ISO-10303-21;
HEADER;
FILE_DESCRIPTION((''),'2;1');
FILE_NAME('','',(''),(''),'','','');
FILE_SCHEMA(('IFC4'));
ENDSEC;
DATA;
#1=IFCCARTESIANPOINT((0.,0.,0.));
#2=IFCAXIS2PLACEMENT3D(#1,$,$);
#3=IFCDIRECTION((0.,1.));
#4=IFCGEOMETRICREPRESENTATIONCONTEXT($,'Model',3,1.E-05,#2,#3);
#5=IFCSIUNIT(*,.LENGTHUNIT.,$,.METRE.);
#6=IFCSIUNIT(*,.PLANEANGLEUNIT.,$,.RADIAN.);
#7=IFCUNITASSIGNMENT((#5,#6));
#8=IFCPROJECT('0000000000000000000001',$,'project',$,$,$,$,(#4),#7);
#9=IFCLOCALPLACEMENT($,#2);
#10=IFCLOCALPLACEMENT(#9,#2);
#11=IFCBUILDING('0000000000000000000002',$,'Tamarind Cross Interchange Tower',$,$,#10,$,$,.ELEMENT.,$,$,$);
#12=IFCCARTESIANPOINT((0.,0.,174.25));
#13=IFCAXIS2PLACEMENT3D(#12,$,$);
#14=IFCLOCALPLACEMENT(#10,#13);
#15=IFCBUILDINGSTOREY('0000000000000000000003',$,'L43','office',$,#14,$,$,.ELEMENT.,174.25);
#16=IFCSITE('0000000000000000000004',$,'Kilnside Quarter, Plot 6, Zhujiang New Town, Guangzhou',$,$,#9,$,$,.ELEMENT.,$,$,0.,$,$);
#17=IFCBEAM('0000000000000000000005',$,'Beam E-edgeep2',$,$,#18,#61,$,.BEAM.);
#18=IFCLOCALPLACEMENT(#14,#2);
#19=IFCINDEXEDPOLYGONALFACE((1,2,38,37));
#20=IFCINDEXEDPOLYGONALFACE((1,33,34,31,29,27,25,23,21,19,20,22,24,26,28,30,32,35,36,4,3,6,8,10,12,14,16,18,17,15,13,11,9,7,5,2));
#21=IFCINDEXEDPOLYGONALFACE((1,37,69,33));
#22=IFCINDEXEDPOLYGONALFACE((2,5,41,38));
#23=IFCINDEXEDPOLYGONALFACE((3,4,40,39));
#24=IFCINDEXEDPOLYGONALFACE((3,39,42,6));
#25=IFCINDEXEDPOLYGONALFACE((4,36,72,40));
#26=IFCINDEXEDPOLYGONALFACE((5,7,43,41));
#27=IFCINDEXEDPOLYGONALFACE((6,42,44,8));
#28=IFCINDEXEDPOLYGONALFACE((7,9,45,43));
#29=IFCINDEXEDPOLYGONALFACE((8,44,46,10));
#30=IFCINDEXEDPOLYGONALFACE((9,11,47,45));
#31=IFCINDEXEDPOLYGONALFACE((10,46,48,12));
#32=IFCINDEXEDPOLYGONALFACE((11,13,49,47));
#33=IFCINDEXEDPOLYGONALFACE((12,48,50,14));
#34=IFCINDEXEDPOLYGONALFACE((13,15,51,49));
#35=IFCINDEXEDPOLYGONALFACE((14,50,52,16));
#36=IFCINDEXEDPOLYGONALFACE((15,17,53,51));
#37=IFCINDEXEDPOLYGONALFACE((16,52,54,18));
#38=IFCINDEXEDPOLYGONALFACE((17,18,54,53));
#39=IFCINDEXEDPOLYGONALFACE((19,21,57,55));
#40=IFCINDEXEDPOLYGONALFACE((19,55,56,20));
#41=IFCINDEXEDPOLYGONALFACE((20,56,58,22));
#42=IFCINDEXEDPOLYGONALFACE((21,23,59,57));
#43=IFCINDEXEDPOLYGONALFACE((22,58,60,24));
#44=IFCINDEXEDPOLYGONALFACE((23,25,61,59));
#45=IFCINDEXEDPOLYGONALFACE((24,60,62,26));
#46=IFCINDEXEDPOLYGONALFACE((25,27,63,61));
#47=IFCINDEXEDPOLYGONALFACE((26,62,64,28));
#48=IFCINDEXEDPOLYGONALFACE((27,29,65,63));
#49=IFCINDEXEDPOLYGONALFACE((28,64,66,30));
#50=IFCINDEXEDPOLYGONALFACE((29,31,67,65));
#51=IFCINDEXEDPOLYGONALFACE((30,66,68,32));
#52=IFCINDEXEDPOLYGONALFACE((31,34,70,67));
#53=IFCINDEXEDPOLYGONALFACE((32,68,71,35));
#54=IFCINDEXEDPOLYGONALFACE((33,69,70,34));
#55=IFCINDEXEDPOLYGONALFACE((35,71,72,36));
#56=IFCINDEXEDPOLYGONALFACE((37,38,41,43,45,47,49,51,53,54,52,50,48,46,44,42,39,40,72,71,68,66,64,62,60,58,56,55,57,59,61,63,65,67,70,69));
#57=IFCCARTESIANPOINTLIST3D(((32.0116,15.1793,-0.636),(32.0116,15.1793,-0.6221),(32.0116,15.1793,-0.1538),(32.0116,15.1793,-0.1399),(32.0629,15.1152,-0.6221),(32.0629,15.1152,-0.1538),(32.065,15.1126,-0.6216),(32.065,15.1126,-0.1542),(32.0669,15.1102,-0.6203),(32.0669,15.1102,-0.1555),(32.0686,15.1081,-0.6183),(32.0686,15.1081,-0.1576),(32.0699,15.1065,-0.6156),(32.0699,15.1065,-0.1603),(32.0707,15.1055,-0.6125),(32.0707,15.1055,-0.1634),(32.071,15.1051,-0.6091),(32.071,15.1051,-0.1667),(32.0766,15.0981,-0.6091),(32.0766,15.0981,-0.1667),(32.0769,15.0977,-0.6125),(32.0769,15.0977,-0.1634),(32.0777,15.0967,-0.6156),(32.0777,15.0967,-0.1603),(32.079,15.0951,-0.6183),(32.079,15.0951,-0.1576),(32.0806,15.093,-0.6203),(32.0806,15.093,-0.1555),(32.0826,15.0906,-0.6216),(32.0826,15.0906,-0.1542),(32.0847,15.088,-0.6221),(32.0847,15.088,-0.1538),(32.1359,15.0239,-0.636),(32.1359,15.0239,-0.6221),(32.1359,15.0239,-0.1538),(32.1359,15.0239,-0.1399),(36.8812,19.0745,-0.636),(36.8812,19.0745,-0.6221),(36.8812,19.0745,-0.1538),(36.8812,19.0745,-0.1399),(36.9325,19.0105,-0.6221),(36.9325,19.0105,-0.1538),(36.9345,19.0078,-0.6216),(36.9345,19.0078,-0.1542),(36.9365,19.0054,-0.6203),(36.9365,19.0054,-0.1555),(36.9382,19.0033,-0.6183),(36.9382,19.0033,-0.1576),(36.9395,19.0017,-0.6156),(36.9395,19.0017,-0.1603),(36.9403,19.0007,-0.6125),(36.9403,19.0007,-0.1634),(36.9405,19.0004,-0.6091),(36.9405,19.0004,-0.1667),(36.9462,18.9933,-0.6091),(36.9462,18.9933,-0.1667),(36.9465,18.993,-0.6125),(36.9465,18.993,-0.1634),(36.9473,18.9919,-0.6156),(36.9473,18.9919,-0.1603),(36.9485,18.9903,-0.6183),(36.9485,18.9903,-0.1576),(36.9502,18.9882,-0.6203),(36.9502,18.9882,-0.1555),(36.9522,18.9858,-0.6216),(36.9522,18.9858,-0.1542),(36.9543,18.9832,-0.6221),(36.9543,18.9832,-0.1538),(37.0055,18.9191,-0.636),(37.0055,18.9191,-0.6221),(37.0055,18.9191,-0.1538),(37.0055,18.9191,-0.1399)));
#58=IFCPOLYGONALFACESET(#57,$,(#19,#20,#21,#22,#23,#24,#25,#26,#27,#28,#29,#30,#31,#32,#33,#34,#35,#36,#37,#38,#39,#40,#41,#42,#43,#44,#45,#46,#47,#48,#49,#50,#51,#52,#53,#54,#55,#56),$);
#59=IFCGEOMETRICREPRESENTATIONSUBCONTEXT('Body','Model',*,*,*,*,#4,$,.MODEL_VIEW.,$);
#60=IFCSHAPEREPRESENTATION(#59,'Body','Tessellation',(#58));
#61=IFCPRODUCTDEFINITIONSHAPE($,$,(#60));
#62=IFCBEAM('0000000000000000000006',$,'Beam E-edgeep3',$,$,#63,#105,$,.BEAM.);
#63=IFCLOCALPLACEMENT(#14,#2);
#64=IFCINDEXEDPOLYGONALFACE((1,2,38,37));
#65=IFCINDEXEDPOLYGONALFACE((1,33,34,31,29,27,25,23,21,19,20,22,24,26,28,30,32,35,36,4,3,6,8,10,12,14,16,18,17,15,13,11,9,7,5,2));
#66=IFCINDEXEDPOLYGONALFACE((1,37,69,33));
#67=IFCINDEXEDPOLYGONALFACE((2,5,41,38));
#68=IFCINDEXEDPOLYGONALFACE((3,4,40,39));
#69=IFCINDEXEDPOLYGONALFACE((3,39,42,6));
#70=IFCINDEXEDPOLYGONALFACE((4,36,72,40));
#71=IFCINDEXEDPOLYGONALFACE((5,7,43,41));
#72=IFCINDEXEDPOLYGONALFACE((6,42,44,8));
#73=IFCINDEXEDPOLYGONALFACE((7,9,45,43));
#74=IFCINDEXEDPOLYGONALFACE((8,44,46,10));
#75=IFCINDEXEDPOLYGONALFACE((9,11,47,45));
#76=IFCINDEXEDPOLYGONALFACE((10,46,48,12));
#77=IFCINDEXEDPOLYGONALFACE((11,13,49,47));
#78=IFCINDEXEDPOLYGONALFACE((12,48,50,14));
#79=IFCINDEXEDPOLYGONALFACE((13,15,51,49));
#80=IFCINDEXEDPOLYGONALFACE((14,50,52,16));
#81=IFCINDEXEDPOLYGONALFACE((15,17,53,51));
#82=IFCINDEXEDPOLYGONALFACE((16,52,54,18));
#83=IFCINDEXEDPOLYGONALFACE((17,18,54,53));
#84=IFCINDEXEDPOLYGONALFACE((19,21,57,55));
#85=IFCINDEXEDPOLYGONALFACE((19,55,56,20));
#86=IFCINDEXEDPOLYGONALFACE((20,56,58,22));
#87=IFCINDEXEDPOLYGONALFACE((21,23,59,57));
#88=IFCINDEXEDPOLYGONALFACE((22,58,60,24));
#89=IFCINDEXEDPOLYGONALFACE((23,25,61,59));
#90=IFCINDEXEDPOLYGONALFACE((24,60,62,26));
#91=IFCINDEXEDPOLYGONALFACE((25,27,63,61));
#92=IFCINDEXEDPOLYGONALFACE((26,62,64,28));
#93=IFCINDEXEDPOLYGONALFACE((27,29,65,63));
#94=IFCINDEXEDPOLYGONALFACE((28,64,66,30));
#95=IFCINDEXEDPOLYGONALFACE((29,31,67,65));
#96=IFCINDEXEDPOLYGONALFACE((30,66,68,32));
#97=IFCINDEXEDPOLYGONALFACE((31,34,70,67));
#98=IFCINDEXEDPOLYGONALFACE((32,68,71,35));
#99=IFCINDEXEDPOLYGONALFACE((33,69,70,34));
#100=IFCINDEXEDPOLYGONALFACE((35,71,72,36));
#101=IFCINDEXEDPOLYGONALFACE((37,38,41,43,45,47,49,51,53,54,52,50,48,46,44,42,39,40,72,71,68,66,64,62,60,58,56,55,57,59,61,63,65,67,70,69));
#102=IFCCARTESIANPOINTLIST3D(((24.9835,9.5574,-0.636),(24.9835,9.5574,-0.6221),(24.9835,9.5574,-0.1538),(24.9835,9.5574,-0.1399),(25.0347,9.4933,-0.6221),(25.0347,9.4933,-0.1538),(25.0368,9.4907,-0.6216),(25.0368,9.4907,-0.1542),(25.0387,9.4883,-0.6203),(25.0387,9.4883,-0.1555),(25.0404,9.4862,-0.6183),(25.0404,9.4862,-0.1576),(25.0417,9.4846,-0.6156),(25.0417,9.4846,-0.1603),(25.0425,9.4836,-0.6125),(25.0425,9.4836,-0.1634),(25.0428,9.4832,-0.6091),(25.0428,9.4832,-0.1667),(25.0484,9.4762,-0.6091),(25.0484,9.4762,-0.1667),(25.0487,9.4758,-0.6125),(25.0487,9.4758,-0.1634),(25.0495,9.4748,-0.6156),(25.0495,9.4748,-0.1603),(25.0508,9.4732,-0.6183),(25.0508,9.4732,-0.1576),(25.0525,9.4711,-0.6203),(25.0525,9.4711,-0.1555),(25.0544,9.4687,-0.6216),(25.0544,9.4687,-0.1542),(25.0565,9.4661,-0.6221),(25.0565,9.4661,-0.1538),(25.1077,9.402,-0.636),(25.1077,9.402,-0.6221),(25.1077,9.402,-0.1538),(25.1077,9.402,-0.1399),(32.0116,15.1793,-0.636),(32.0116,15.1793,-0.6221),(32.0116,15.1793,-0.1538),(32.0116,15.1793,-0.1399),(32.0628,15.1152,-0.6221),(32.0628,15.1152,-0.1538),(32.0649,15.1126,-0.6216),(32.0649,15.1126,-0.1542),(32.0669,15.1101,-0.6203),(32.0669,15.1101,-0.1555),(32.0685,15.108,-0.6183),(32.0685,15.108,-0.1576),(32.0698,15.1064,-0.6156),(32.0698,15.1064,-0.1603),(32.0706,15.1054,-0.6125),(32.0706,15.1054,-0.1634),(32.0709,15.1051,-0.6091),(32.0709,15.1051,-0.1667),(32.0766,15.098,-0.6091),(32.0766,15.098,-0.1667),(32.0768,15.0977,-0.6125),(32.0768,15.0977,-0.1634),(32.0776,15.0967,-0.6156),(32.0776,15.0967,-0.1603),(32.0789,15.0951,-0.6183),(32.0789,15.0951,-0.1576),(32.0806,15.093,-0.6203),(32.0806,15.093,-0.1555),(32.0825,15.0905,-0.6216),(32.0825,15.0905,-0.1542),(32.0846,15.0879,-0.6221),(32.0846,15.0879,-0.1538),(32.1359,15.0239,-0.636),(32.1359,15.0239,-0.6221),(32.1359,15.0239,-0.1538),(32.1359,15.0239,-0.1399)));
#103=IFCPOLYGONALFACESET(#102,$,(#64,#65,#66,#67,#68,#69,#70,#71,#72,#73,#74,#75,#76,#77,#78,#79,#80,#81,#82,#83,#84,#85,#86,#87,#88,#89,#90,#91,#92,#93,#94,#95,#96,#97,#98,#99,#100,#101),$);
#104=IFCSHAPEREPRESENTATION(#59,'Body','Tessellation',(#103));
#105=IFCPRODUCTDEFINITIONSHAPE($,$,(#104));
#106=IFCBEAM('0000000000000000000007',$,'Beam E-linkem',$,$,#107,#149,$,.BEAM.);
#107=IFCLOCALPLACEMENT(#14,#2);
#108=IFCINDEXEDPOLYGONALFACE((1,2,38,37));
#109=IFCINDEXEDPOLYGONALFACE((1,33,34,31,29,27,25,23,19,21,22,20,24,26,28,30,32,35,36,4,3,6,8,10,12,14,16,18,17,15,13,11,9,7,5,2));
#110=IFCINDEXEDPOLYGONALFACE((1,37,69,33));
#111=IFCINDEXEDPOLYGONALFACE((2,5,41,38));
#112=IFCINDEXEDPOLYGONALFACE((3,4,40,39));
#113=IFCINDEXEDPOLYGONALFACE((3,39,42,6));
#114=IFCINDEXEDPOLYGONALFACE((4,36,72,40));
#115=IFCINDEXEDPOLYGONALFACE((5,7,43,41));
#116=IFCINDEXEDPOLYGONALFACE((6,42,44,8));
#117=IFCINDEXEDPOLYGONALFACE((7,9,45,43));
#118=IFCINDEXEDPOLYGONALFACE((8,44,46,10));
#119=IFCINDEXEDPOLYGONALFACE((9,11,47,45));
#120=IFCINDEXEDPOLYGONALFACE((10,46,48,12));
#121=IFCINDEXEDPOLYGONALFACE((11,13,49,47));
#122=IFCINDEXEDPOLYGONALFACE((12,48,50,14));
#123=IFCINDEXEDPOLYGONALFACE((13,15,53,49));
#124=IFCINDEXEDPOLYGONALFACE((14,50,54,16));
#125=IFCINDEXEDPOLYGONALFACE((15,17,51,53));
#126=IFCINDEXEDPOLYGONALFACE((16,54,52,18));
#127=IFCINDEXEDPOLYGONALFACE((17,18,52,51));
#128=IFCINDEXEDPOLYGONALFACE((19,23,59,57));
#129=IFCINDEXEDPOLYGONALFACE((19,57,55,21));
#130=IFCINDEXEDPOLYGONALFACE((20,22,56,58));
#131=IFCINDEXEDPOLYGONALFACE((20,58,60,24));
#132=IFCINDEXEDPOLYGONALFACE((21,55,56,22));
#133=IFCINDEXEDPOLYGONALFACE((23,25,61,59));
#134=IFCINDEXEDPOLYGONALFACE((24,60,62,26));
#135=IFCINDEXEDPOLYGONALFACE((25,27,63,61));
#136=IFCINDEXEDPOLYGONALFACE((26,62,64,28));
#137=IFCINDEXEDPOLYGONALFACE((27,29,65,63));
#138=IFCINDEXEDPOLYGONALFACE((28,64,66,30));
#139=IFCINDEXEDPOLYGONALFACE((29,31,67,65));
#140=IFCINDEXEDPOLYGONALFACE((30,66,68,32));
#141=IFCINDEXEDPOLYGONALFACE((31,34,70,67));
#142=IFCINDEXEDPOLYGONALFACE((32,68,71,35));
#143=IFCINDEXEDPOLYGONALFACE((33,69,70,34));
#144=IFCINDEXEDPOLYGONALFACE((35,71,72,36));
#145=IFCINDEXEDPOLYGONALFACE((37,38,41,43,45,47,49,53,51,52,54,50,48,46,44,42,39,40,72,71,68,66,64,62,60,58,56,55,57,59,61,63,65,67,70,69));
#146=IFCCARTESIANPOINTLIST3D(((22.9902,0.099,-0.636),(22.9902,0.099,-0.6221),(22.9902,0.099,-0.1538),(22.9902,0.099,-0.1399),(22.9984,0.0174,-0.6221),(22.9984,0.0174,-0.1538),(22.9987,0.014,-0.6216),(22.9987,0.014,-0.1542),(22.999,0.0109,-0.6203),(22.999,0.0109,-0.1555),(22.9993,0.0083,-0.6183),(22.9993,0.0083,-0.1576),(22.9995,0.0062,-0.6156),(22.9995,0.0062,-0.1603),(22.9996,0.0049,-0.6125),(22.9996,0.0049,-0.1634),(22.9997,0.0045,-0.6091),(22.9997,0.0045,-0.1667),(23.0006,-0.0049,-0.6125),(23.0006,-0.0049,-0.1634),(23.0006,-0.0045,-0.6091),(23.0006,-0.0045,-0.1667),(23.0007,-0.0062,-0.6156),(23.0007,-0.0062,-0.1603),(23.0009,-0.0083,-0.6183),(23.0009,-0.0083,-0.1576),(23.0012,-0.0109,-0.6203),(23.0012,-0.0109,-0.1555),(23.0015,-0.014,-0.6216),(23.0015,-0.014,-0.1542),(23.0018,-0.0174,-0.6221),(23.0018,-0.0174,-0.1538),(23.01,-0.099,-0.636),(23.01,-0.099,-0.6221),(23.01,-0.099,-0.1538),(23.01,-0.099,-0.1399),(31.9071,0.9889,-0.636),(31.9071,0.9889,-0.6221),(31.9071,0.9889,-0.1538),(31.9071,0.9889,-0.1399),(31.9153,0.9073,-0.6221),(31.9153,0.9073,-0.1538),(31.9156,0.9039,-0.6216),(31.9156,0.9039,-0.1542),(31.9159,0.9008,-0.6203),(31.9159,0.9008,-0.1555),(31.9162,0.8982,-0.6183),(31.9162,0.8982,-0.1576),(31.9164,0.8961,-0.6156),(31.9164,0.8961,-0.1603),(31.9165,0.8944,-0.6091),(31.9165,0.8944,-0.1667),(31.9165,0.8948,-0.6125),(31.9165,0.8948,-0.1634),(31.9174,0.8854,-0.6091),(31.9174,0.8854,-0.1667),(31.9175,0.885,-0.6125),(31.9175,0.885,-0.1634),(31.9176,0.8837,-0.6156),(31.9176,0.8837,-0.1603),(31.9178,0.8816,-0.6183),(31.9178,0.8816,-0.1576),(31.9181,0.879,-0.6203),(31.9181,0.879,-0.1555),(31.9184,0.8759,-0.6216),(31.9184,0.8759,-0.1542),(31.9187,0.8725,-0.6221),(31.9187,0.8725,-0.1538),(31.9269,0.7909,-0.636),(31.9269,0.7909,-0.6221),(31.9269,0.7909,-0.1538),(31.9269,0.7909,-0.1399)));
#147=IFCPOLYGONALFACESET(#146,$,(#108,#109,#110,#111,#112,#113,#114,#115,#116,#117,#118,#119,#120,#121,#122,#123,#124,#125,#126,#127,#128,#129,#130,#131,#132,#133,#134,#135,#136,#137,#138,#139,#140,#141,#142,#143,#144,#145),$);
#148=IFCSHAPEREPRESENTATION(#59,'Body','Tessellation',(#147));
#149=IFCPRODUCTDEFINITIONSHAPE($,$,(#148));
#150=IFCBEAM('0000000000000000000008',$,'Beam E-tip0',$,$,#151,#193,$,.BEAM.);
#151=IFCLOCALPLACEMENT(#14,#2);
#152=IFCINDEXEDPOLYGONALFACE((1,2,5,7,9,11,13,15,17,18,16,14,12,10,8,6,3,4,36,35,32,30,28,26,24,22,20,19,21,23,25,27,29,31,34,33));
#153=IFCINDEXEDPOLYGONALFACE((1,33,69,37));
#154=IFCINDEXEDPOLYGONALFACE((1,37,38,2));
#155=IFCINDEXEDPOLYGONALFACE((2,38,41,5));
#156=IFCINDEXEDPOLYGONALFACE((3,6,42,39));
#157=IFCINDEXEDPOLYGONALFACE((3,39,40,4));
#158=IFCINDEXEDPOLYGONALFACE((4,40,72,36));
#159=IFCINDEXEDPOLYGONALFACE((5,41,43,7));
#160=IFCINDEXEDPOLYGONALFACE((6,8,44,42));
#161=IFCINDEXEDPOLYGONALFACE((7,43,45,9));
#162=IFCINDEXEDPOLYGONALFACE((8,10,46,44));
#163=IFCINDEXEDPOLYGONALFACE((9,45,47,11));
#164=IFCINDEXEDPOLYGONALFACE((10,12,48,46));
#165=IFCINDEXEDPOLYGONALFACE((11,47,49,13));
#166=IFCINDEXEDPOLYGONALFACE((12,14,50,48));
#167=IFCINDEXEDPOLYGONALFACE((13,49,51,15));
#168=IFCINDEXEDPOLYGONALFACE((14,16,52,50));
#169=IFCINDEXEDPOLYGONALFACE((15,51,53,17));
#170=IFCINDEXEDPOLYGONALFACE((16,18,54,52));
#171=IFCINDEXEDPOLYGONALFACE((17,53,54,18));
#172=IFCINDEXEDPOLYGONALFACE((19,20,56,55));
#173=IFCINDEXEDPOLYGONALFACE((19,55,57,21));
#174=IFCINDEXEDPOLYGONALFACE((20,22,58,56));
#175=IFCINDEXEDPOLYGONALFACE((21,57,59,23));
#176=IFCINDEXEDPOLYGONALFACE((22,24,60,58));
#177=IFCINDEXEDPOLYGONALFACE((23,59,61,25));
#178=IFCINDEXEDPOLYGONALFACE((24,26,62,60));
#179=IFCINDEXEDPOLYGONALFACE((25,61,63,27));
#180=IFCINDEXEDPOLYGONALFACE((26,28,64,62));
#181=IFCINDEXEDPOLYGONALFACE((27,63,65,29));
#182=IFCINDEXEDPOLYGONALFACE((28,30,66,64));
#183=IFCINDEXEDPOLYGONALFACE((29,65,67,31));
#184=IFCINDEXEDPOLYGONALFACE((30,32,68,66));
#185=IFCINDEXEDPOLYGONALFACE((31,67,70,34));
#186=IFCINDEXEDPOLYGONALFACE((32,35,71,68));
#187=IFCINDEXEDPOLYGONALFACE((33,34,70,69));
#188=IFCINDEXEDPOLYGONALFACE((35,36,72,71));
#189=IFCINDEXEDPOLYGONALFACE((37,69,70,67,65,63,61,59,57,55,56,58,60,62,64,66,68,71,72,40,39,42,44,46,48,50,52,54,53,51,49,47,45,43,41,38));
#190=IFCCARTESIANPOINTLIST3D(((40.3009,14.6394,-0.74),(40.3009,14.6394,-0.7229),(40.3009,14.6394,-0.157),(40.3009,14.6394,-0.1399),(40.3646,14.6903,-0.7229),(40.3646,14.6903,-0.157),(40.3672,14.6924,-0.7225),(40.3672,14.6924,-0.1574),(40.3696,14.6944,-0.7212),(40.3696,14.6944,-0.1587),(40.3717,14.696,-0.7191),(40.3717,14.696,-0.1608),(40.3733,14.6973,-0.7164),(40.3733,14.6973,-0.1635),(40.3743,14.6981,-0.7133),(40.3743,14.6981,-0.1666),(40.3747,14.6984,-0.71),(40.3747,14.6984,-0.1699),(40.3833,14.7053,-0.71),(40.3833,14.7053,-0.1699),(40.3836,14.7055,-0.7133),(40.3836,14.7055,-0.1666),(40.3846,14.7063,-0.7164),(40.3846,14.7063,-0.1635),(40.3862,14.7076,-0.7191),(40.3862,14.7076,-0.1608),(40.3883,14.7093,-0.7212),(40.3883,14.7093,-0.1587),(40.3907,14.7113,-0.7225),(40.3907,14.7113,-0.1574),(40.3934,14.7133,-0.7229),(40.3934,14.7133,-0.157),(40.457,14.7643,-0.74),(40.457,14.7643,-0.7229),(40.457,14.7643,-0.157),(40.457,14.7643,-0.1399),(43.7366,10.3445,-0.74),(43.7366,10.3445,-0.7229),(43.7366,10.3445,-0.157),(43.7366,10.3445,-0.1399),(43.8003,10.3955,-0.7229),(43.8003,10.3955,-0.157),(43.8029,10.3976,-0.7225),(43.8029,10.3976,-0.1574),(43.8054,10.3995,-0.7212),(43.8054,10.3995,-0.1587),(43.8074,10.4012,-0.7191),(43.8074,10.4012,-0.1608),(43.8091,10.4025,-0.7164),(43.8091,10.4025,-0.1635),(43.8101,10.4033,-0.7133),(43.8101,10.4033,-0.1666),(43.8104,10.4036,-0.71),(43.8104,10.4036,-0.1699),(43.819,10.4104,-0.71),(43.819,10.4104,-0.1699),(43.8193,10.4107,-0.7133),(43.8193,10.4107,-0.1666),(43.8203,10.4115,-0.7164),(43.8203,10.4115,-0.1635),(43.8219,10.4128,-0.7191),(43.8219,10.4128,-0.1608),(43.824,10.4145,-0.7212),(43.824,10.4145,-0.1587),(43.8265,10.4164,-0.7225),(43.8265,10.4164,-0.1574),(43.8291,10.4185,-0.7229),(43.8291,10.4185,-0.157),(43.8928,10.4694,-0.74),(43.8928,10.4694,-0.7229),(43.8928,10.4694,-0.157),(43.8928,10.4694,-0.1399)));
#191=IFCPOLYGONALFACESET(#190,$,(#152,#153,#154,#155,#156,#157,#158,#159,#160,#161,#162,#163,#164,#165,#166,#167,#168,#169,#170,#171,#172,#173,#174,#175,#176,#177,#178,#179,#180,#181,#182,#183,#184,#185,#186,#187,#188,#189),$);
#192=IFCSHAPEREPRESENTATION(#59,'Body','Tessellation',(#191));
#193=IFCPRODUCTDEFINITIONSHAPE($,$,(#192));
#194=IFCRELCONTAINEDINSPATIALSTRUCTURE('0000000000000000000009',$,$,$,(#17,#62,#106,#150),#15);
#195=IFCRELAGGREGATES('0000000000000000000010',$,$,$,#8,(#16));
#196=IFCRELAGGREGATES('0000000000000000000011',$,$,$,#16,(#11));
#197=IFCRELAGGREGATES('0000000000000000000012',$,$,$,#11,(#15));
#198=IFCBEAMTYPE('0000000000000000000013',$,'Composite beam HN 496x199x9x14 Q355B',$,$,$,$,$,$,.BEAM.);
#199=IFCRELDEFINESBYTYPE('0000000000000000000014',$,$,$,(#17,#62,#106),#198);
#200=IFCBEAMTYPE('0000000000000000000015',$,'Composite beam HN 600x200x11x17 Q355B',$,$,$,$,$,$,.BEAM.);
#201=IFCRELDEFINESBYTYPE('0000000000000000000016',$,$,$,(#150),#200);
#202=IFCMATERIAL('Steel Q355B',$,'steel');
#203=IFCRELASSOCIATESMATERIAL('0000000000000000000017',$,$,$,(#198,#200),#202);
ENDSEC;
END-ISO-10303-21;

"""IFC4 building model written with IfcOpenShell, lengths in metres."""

from ifc_helpers import new_model, si_unit, direction, frame, origin, origin_2d, place, context, subcontext, project, spatial, i_section, extrude, material, material_profile, profile_set, type_object, element, save


model = new_model("IFC4")

# Units and contexts
model_context = context("Model", 3, precision=1e-05, world=origin(), true_north=direction((0.0, 1.0)))
body_context = subcontext(model_context, "Body", "Model", "MODEL_VIEW")
ifc_project = project(units=[si_unit("LENGTHUNIT", "METRE"), si_unit("PLANEANGLEUNIT", "RADIAN")], contexts=[model_context])

# Site, building, storey
site_placement = place(None, origin())
site = spatial("IfcSite", under=ifc_project, at=site_placement, Name="Kilnside Quarter, Plot 6, Zhujiang New Town, Guangzhou", CompositionType="ELEMENT", RefElevation=0.0)
building_placement = place(site_placement, origin())
building = spatial("IfcBuilding", under=site, at=building_placement, Name="Tamarind Cross Interchange Tower", CompositionType="ELEMENT")
storey_placement = place(building_placement, frame((0.0, 0.0, 174.25)))
storey = spatial("IfcBuildingStorey", under=building, at=storey_placement, Name="L43", Description="office", CompositionType="ELEMENT", Elevation=174.25)

# Beams
ifc_material_1 = material(Name="Steel Q355B", Category="steel")
ifc_material_profile_1 = material_profile(ifc_material_1, i_section(OverallWidth=0.199, OverallDepth=0.4961, WebThickness=0.009, FlangeThickness=0.0139, FilletRadius=0.0129, at=origin_2d()), Name="HN 496x199x9x14")
ifc_profile_set_1 = profile_set([ifc_material_profile_1], Name="Steel Q355B")
beam_type_1 = type_object("IfcBeamType", Name="Composite beam HN 496x199x9x14 Q355B", PredefinedType="BEAM", material=ifc_profile_set_1)
beam_1_placement = place(storey_placement, frame((36.9434, 18.9968, -0.3879), z_axis=(-0.780903, -0.624652, 0.0), x_axis=(0.624652, -0.780903, 0.0)))
element("IfcBeam", 1, at=beam_1_placement, inside=storey, type_object=beam_type_1, Name="Beam E-edgeep2", PredefinedType="BEAM", context=body_context, shape_type="SweptSolid", body=[
    extrude(i_section(OverallWidth=0.199, OverallDepth=0.4961, WebThickness=0.009, FlangeThickness=0.0139, FilletRadius=0.0129, at=origin_2d()), origin(), (0.0, 0.0, 1.0), 6.2358),
])
beam_2_placement = place(storey_placement, frame((32.0737, 15.1016, -0.3879), z_axis=(-0.780903, -0.624652, 0.0), x_axis=(0.624652, -0.780903, 0.0)))
element("IfcBeam", 2, at=beam_2_placement, inside=storey, type_object=beam_type_1, Name="Beam E-edgeep3", PredefinedType="BEAM", context=body_context, shape_type="SweptSolid", body=[
    extrude(i_section(OverallWidth=0.199, OverallDepth=0.4961, WebThickness=0.009, FlangeThickness=0.0139, FilletRadius=0.0129, at=origin_2d()), origin(), (0.0, 0.0, 1.0), 9.0),
])
beam_3_placement = place(storey_placement, frame((31.917, 0.8899, -0.3879), z_axis=(-0.995057, -0.099304, 0.0), x_axis=(0.099304, -0.995057, 0.0)))
element("IfcBeam", 3, at=beam_3_placement, inside=storey, type_object=beam_type_1, Name="Beam E-linkem", PredefinedType="BEAM", context=body_context, shape_type="SweptSolid", body=[
    extrude(i_section(OverallWidth=0.199, OverallDepth=0.4961, WebThickness=0.009, FlangeThickness=0.0139, FilletRadius=0.0129, at=origin_2d()), origin(), (0.0, 0.0, 1.0), 8.9612),
])
ifc_material_profile_2 = material_profile(ifc_material_1, i_section(OverallWidth=0.2, OverallDepth=0.6001, WebThickness=0.011, FlangeThickness=0.0171, FilletRadius=0.0129, at=origin_2d()), Name="HN 600x200x11x17")
ifc_profile_set_2 = profile_set([ifc_material_profile_2], Name="Steel Q355B")
beam_type_2 = type_object("IfcBeamType", Name="Composite beam HN 600x200x11x17 Q355B", PredefinedType="BEAM", material=ifc_profile_set_2)
for number, where, z_axis, x_axis, name in (
    (4, (43.8147, 10.407, -0.4399), (-0.624679, 0.780882, 0.0), (-0.780882, -0.624679, 0.0), "Beam E-tip0"),
):
    element("IfcBeam", number, at=place(storey_placement, frame(where, z_axis=z_axis, x_axis=x_axis)), inside=storey, type_object=beam_type_2, Name=name, PredefinedType="BEAM", context=body_context, shape_type="SweptSolid", body=[
        extrude(i_section(OverallWidth=0.2, OverallDepth=0.6001, WebThickness=0.011, FlangeThickness=0.0171, FilletRadius=0.0129, at=origin_2d()), origin(), (0.0, 0.0, 1.0), 5.5),
    ])

save(model, "model.ifc")
